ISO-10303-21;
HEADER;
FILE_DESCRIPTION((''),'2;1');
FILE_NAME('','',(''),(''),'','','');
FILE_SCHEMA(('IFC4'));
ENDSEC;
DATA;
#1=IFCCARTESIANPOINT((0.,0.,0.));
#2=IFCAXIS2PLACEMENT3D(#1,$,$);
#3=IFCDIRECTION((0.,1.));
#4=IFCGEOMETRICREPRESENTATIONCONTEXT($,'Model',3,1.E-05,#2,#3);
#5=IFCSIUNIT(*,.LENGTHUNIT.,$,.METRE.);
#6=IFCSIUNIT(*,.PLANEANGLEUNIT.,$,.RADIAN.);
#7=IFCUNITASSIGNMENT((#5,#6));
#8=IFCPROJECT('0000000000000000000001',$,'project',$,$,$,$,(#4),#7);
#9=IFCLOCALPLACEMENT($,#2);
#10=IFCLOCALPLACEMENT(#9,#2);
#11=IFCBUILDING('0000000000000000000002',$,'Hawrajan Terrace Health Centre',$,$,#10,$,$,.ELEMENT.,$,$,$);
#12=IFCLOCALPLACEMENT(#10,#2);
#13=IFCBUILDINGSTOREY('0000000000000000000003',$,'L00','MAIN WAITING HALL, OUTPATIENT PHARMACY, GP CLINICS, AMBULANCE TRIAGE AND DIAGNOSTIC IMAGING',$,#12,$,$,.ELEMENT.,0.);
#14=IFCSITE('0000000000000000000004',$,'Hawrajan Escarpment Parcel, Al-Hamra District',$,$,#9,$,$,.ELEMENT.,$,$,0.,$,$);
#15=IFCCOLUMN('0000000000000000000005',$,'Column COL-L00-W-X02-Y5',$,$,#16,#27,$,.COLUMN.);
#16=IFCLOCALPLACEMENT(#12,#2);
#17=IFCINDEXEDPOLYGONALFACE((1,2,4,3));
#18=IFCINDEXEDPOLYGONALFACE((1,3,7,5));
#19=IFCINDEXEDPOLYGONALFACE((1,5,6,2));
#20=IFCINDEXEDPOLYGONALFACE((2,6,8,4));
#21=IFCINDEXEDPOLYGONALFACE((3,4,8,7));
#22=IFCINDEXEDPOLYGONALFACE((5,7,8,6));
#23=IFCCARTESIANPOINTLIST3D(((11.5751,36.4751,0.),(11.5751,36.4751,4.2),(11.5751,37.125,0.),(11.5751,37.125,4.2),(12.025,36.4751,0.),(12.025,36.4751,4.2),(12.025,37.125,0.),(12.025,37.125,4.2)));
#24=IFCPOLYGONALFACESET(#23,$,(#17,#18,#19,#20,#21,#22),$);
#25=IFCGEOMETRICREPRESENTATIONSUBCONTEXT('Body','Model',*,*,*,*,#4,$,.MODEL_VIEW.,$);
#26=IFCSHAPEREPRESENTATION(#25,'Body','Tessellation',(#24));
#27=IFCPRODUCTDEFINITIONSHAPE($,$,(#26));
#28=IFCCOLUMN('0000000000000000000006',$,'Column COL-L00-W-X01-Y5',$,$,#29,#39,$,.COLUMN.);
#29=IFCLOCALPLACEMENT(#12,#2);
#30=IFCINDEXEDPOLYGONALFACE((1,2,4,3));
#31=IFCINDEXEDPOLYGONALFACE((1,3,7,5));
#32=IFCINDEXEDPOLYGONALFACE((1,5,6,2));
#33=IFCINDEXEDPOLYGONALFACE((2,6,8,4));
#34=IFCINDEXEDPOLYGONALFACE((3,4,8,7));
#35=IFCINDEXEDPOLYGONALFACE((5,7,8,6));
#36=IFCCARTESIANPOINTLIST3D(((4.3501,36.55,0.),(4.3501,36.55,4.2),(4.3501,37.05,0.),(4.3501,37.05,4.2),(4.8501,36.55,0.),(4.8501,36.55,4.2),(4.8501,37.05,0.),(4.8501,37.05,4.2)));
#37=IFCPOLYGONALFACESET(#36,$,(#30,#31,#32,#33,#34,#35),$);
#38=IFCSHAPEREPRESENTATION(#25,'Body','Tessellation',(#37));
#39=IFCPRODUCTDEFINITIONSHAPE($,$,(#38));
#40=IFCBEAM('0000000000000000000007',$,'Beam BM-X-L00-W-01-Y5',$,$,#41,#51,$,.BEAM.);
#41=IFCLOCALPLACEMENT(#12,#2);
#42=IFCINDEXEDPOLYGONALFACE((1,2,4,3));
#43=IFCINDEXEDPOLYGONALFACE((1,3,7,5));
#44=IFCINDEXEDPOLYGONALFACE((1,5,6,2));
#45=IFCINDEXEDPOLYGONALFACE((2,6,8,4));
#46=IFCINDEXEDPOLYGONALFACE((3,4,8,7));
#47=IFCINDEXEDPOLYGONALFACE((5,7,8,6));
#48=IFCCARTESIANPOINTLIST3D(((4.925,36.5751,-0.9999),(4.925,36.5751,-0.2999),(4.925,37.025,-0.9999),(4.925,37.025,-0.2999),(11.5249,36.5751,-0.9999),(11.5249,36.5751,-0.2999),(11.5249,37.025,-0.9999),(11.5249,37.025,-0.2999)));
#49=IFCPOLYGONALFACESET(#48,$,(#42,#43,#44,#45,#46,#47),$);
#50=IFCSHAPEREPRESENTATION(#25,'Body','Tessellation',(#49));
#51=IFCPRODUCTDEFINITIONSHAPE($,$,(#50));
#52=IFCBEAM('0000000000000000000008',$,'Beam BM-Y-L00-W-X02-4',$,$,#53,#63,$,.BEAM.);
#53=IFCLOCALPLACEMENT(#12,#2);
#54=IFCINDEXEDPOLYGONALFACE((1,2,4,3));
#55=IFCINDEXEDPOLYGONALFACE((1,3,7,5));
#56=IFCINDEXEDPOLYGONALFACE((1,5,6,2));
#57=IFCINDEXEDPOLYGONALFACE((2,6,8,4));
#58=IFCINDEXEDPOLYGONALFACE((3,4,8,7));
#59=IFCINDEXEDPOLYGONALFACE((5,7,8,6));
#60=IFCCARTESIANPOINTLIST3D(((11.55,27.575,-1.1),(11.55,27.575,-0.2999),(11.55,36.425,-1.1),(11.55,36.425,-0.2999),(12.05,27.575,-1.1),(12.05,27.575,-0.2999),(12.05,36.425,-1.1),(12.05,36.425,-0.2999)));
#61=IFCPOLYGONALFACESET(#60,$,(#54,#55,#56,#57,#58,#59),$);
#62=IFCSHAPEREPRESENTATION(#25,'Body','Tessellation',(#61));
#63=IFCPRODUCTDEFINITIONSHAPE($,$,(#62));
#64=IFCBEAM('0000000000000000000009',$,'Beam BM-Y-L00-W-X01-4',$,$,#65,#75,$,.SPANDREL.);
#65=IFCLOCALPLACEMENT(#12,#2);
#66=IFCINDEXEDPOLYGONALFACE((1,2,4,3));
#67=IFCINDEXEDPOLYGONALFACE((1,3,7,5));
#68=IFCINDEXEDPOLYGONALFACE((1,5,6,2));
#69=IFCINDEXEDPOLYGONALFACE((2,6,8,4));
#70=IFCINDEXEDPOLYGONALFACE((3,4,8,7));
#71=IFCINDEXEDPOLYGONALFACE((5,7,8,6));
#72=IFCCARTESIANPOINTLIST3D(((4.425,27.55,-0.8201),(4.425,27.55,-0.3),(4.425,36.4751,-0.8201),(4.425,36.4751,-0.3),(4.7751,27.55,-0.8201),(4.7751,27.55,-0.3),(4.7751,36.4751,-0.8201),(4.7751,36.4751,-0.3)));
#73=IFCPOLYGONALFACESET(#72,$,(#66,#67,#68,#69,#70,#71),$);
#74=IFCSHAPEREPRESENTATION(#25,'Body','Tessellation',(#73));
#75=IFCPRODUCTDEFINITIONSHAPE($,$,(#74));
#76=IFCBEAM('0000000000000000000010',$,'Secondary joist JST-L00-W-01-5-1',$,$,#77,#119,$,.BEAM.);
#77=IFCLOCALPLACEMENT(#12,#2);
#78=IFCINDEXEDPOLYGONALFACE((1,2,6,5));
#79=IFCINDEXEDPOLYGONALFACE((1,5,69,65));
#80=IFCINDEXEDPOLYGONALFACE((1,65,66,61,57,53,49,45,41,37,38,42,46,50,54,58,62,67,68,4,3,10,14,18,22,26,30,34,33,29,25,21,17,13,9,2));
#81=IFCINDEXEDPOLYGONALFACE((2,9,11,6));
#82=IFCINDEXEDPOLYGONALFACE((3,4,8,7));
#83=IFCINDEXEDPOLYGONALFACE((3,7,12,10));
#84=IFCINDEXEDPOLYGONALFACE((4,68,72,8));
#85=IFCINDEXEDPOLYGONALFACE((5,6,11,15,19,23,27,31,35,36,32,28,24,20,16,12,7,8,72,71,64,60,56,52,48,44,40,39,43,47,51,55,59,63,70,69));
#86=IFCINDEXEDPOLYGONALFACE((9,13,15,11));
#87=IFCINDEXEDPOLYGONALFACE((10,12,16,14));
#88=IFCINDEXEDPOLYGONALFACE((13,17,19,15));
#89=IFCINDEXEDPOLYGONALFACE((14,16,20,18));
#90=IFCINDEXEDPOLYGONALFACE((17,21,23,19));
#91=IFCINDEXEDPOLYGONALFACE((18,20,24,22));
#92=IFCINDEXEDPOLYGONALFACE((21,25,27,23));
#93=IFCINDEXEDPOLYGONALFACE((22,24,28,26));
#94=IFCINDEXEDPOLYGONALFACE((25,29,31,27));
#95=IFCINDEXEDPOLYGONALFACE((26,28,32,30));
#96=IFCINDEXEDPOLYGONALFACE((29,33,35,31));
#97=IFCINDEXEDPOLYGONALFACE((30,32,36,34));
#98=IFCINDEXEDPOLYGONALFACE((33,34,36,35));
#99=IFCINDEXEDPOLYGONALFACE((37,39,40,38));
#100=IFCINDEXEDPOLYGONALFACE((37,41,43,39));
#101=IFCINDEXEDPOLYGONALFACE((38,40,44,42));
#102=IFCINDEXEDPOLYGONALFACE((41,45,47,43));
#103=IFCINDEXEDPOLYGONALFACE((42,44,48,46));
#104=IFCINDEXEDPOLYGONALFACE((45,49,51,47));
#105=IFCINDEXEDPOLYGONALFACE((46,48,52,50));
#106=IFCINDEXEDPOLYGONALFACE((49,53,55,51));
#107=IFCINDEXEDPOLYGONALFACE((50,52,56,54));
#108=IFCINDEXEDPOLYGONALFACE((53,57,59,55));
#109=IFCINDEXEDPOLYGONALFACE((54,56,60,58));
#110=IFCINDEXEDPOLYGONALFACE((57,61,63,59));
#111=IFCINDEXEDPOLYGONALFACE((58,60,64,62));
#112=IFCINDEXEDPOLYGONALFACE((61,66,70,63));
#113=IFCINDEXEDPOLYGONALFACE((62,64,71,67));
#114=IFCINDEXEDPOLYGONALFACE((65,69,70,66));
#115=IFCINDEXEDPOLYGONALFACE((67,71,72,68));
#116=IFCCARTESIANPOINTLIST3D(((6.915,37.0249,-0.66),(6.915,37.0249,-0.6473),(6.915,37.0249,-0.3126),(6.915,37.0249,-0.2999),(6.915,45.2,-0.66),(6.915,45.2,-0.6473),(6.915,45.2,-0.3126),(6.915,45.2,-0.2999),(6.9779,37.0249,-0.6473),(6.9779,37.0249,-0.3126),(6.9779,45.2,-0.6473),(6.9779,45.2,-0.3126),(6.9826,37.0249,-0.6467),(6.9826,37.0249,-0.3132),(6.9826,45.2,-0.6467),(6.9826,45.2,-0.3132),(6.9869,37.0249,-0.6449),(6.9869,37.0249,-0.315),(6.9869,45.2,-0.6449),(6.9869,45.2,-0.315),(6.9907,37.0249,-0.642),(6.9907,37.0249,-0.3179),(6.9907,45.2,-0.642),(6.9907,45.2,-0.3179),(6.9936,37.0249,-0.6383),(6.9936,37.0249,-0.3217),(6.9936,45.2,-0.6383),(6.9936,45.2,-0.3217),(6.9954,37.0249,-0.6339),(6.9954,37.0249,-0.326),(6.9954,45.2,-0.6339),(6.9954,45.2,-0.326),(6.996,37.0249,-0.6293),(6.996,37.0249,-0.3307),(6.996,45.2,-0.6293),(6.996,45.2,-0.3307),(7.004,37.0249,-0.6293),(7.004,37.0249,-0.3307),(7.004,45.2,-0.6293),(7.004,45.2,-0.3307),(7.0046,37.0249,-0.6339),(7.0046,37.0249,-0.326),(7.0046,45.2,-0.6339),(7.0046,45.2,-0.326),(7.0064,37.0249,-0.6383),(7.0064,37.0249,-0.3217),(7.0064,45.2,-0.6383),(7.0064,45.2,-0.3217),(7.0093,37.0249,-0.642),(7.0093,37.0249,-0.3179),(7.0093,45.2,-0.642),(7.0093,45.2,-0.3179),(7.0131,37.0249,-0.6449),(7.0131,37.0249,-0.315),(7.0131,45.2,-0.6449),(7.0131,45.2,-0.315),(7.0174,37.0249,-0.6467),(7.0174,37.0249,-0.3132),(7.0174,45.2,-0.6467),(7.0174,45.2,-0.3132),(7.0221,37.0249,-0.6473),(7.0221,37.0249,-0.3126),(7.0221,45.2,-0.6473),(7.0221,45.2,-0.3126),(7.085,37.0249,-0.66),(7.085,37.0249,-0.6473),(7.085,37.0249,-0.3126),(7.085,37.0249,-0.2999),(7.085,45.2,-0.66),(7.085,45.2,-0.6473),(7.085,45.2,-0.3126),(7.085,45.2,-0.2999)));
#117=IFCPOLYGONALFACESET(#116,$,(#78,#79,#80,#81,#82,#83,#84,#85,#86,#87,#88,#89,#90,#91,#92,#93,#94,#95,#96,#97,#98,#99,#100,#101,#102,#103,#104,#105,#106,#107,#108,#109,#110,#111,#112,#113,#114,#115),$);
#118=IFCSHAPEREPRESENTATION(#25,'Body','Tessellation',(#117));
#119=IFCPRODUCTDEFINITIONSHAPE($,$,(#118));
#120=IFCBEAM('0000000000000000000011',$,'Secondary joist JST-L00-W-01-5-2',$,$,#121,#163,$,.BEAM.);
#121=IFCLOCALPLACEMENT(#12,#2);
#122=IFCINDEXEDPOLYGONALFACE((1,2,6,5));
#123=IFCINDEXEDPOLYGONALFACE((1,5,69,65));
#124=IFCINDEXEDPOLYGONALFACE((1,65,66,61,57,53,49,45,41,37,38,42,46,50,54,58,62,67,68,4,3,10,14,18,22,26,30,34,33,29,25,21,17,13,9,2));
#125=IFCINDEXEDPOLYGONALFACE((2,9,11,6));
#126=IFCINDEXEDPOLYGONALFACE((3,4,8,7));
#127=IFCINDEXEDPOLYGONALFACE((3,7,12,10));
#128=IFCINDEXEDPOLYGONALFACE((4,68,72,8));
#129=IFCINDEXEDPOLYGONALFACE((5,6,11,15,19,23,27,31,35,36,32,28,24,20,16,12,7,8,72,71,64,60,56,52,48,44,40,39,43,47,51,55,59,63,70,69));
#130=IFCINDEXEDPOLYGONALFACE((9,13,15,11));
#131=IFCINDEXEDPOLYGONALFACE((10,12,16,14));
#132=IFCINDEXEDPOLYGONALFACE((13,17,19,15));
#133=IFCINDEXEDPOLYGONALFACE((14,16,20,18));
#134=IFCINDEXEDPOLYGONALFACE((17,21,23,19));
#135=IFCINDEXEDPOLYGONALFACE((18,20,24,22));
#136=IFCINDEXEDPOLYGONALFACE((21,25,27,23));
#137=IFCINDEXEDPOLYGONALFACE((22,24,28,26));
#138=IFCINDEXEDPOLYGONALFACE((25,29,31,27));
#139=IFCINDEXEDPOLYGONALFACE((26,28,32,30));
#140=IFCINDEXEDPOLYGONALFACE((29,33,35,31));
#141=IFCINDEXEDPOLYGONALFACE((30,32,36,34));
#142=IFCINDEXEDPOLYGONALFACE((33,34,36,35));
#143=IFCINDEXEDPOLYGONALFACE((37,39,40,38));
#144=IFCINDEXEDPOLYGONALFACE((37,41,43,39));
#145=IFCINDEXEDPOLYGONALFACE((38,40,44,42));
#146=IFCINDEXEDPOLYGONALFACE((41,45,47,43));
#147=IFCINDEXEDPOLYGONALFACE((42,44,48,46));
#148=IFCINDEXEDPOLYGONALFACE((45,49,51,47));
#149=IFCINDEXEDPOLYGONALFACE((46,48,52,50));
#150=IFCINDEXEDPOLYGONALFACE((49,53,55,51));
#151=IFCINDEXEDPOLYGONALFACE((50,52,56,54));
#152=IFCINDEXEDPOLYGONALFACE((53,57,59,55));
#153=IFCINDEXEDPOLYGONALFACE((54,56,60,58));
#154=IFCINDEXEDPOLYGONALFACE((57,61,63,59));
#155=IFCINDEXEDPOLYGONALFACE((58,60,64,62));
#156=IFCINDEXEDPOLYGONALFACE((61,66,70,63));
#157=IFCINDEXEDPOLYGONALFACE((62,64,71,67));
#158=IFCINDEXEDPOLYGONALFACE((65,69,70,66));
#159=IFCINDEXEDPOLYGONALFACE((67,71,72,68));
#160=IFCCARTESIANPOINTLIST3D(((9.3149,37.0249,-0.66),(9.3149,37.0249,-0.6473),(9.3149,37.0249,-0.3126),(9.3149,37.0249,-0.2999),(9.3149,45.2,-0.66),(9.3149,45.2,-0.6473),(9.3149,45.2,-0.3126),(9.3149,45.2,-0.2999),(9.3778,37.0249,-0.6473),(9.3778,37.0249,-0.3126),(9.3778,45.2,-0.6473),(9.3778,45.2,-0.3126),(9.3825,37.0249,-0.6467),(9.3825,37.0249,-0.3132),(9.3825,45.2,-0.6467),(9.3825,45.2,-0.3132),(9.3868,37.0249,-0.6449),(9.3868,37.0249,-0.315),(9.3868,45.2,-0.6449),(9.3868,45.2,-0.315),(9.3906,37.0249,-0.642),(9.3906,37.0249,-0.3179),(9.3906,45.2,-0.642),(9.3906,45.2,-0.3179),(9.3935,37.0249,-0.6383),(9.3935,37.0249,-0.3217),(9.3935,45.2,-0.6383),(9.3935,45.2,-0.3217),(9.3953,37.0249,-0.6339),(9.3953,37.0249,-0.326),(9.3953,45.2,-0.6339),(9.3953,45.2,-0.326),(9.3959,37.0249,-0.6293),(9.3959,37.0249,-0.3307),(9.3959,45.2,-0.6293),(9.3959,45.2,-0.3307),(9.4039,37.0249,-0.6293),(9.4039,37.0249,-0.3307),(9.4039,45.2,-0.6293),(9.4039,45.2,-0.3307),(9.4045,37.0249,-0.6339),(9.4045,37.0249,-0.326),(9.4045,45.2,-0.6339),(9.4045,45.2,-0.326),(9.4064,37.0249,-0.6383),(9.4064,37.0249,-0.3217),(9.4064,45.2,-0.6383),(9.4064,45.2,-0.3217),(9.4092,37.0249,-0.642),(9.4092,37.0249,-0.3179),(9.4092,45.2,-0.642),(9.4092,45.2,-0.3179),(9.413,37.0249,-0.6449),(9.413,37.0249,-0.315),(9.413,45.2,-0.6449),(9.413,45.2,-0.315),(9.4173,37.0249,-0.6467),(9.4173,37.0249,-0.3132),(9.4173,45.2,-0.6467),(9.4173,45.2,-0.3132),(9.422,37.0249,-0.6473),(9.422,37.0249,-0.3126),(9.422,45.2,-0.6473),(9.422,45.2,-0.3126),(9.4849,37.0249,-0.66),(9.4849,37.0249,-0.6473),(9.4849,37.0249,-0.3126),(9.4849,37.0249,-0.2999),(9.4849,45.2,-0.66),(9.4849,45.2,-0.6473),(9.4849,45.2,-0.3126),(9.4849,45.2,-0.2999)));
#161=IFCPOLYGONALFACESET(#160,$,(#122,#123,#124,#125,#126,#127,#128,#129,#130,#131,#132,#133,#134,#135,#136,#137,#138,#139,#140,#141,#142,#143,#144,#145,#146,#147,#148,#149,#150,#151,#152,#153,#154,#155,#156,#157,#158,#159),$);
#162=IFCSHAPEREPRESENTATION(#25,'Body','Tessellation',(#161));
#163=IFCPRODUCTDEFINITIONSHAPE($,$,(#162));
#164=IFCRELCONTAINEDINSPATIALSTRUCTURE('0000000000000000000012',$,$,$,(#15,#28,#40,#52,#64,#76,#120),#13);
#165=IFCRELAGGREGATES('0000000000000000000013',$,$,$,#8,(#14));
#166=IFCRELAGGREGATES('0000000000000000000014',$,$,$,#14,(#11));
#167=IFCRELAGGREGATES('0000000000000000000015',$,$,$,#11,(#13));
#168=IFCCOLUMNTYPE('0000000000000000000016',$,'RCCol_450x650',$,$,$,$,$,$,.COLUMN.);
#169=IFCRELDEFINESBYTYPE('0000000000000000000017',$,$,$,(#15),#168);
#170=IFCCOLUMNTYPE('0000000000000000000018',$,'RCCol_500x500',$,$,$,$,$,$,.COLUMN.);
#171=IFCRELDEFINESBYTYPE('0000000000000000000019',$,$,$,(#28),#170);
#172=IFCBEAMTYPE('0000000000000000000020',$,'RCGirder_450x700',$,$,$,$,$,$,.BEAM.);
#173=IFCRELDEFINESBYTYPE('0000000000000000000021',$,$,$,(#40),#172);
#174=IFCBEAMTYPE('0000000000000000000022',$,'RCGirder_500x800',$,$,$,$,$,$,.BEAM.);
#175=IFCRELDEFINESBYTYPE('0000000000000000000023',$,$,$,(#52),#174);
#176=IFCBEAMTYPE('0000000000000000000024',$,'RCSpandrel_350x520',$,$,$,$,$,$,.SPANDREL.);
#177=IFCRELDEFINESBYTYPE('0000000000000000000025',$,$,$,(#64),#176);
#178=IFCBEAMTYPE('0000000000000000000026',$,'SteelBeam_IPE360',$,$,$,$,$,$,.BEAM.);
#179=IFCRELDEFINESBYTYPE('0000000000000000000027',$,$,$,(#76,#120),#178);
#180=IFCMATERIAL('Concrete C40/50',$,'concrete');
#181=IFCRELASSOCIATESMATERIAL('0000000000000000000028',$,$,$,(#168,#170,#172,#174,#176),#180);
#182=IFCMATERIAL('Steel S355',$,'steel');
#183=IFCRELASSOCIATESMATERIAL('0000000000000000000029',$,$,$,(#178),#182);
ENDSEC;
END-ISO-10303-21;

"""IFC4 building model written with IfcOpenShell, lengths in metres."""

from ifc_helpers import new_model, si_unit, direction, frame, origin, origin_2d, place, context, subcontext, project, spatial, rectangle, i_section, extrude, material, material_profile, profile_set, type_object, element, save


model = new_model("IFC4")

# Units and contexts
model_context = context("Model", 3, precision=1e-05, world=origin(), true_north=direction((0.0, 1.0)))
body_context = subcontext(model_context, "Body", "Model", "MODEL_VIEW")
ifc_project = project(units=[si_unit("LENGTHUNIT", "METRE"), si_unit("PLANEANGLEUNIT", "RADIAN")], contexts=[model_context])

# Site, building, storey
site_placement = place(None, origin())
site = spatial("IfcSite", under=ifc_project, at=site_placement, Name="Hawrajan Escarpment Parcel, Al-Hamra District", CompositionType="ELEMENT", RefElevation=0.0)
building_placement = place(site_placement, origin())
building = spatial("IfcBuilding", under=site, at=building_placement, Name="Hawrajan Terrace Health Centre", CompositionType="ELEMENT")
storey_placement = place(building_placement, origin())
storey = spatial("IfcBuildingStorey", under=building, at=storey_placement, Name="L00", Description="MAIN WAITING HALL, OUTPATIENT PHARMACY, GP CLINICS, AMBULANCE TRIAGE AND DIAGNOSTIC IMAGING", CompositionType="ELEMENT", Elevation=0.0)

# Columns
ifc_material_1 = material(Name="Concrete C40/50", Category="concrete")
ifc_material_profile_1 = material_profile(ifc_material_1, rectangle(XDim=0.45, YDim=0.6499, at=origin_2d()), Name="RC 450x650")
ifc_profile_set_1 = profile_set([ifc_material_profile_1], Name="Concrete C40/50")
column_type_1 = type_object("IfcColumnType", Name="RCCol_450x650", PredefinedType="COLUMN", material=ifc_profile_set_1)
column_1_placement = place(storey_placement, frame((11.8, 36.8, 0.0), z_axis=(0.0, 0.0, 1.0), x_axis=(1.0, 0.0, 0.0)))
element("IfcColumn", 1, at=column_1_placement, inside=storey, type_object=column_type_1, Name="Column COL-L00-W-X02-Y5", PredefinedType="COLUMN", context=body_context, shape_type="SweptSolid", body=[
    extrude(rectangle(XDim=0.45, YDim=0.6499, at=origin_2d()), origin(), (0.0, 0.0, 1.0), 4.2),
])
ifc_material_profile_2 = material_profile(ifc_material_1, rectangle(XDim=0.5, YDim=0.5, at=origin_2d()), Name="RC 500x500")
ifc_profile_set_2 = profile_set([ifc_material_profile_2], Name="Concrete C40/50")
column_type_2 = type_object("IfcColumnType", Name="RCCol_500x500", PredefinedType="COLUMN", material=ifc_profile_set_2)
column_2_placement = place(storey_placement, frame((4.6001, 36.8, 0.0), z_axis=(0.0, 0.0, 1.0), x_axis=(1.0, 0.0, 0.0)))
element("IfcColumn", 2, at=column_2_placement, inside=storey, type_object=column_type_2, Name="Column COL-L00-W-X01-Y5", PredefinedType="COLUMN", context=body_context, shape_type="SweptSolid", body=[
    extrude(rectangle(XDim=0.5, YDim=0.5, at=origin_2d()), origin(), (0.0, 0.0, 1.0), 4.2),
])

# Beams
ifc_material_profile_3 = material_profile(ifc_material_1, rectangle(XDim=0.45, YDim=0.7, at=origin_2d()), Name="RC BM 450x700")
ifc_profile_set_3 = profile_set([ifc_material_profile_3], Name="Concrete C40/50")
beam_type_1 = type_object("IfcBeamType", Name="RCGirder_450x700", PredefinedType="BEAM", material=ifc_profile_set_3)
beam_1_placement = place(storey_placement, frame((4.925, 36.8, -0.6499), z_axis=(1.0, 0.0, 0.0), x_axis=(0.0, 1.0, 0.0)))
element("IfcBeam", 3, at=beam_1_placement, inside=storey, type_object=beam_type_1, Name="Beam BM-X-L00-W-01-Y5", PredefinedType="BEAM", context=body_context, shape_type="SweptSolid", body=[
    extrude(rectangle(XDim=0.45, YDim=0.7, at=origin_2d()), origin(), (0.0, 0.0, 1.0), 6.5999),
])
ifc_material_profile_4 = material_profile(ifc_material_1, rectangle(XDim=0.5, YDim=0.8, at=origin_2d()), Name="RC BM 500x800")
ifc_profile_set_4 = profile_set([ifc_material_profile_4], Name="Concrete C40/50")
beam_type_2 = type_object("IfcBeamType", Name="RCGirder_500x800", PredefinedType="BEAM", material=ifc_profile_set_4)
beam_2_placement = place(storey_placement, frame((11.8, 27.575, -0.7), z_axis=(0.0, 1.0, 0.0), x_axis=(-1.0, 0.0, 0.0)))
element("IfcBeam", 4, at=beam_2_placement, inside=storey, type_object=beam_type_2, Name="Beam BM-Y-L00-W-X02-4", PredefinedType="BEAM", context=body_context, shape_type="SweptSolid", body=[
    extrude(rectangle(XDim=0.5, YDim=0.8, at=origin_2d()), origin(), (0.0, 0.0, 1.0), 8.8501),
])
ifc_material_profile_5 = material_profile(ifc_material_1, rectangle(XDim=0.3501, YDim=0.52, at=origin_2d()), Name="RC SP 350x520")
ifc_profile_set_5 = profile_set([ifc_material_profile_5], Name="Concrete C40/50")
beam_type_3 = type_object("IfcBeamType", Name="RCSpandrel_350x520", PredefinedType="SPANDREL", material=ifc_profile_set_5)
beam_3_placement = place(storey_placement, frame((4.6001, 27.55, -0.5601), z_axis=(0.0, 1.0, 0.0), x_axis=(-1.0, 0.0, 0.0)))
element("IfcBeam", 5, at=beam_3_placement, inside=storey, type_object=beam_type_3, Name="Beam BM-Y-L00-W-X01-4", PredefinedType="SPANDREL", context=body_context, shape_type="SweptSolid", body=[
    extrude(rectangle(XDim=0.3501, YDim=0.52, at=origin_2d()), origin(), (0.0, 0.0, 1.0), 8.925),
])
ifc_material_2 = material(Name="Steel S355", Category="steel")
ifc_material_profile_6 = material_profile(ifc_material_2, i_section(OverallWidth=0.1699, OverallDepth=0.3601, WebThickness=0.0081, FlangeThickness=0.0127, FilletRadius=0.0181, at=origin_2d()), Name="IPE 360")
ifc_profile_set_6 = profile_set([ifc_material_profile_6], Name="Steel S355")
beam_type_4 = type_object("IfcBeamType", Name="SteelBeam_IPE360", PredefinedType="BEAM", material=ifc_profile_set_6)
for number, where, z_axis, x_axis, name in (
    (6, (7.0, 37.0249, -0.48), (0.0, 1.0, 0.0), (-1.0, 0.0, 0.0), "Secondary joist JST-L00-W-01-5-1"),
    (7, (9.3999, 37.0249, -0.48), (0.0, 1.0, 0.0), (-1.0, 0.0, 0.0), "Secondary joist JST-L00-W-01-5-2"),
):
    element("IfcBeam", number, at=place(storey_placement, frame(where, z_axis=z_axis, x_axis=x_axis)), inside=storey, type_object=beam_type_4, Name=name, PredefinedType="BEAM", context=body_context, shape_type="SweptSolid", body=[
        extrude(i_section(OverallWidth=0.1699, OverallDepth=0.3601, WebThickness=0.0081, FlangeThickness=0.0127, FilletRadius=0.0181, at=origin_2d()), origin(), (0.0, 0.0, 1.0), 8.175),
    ])

save(model, "model.ifc")
